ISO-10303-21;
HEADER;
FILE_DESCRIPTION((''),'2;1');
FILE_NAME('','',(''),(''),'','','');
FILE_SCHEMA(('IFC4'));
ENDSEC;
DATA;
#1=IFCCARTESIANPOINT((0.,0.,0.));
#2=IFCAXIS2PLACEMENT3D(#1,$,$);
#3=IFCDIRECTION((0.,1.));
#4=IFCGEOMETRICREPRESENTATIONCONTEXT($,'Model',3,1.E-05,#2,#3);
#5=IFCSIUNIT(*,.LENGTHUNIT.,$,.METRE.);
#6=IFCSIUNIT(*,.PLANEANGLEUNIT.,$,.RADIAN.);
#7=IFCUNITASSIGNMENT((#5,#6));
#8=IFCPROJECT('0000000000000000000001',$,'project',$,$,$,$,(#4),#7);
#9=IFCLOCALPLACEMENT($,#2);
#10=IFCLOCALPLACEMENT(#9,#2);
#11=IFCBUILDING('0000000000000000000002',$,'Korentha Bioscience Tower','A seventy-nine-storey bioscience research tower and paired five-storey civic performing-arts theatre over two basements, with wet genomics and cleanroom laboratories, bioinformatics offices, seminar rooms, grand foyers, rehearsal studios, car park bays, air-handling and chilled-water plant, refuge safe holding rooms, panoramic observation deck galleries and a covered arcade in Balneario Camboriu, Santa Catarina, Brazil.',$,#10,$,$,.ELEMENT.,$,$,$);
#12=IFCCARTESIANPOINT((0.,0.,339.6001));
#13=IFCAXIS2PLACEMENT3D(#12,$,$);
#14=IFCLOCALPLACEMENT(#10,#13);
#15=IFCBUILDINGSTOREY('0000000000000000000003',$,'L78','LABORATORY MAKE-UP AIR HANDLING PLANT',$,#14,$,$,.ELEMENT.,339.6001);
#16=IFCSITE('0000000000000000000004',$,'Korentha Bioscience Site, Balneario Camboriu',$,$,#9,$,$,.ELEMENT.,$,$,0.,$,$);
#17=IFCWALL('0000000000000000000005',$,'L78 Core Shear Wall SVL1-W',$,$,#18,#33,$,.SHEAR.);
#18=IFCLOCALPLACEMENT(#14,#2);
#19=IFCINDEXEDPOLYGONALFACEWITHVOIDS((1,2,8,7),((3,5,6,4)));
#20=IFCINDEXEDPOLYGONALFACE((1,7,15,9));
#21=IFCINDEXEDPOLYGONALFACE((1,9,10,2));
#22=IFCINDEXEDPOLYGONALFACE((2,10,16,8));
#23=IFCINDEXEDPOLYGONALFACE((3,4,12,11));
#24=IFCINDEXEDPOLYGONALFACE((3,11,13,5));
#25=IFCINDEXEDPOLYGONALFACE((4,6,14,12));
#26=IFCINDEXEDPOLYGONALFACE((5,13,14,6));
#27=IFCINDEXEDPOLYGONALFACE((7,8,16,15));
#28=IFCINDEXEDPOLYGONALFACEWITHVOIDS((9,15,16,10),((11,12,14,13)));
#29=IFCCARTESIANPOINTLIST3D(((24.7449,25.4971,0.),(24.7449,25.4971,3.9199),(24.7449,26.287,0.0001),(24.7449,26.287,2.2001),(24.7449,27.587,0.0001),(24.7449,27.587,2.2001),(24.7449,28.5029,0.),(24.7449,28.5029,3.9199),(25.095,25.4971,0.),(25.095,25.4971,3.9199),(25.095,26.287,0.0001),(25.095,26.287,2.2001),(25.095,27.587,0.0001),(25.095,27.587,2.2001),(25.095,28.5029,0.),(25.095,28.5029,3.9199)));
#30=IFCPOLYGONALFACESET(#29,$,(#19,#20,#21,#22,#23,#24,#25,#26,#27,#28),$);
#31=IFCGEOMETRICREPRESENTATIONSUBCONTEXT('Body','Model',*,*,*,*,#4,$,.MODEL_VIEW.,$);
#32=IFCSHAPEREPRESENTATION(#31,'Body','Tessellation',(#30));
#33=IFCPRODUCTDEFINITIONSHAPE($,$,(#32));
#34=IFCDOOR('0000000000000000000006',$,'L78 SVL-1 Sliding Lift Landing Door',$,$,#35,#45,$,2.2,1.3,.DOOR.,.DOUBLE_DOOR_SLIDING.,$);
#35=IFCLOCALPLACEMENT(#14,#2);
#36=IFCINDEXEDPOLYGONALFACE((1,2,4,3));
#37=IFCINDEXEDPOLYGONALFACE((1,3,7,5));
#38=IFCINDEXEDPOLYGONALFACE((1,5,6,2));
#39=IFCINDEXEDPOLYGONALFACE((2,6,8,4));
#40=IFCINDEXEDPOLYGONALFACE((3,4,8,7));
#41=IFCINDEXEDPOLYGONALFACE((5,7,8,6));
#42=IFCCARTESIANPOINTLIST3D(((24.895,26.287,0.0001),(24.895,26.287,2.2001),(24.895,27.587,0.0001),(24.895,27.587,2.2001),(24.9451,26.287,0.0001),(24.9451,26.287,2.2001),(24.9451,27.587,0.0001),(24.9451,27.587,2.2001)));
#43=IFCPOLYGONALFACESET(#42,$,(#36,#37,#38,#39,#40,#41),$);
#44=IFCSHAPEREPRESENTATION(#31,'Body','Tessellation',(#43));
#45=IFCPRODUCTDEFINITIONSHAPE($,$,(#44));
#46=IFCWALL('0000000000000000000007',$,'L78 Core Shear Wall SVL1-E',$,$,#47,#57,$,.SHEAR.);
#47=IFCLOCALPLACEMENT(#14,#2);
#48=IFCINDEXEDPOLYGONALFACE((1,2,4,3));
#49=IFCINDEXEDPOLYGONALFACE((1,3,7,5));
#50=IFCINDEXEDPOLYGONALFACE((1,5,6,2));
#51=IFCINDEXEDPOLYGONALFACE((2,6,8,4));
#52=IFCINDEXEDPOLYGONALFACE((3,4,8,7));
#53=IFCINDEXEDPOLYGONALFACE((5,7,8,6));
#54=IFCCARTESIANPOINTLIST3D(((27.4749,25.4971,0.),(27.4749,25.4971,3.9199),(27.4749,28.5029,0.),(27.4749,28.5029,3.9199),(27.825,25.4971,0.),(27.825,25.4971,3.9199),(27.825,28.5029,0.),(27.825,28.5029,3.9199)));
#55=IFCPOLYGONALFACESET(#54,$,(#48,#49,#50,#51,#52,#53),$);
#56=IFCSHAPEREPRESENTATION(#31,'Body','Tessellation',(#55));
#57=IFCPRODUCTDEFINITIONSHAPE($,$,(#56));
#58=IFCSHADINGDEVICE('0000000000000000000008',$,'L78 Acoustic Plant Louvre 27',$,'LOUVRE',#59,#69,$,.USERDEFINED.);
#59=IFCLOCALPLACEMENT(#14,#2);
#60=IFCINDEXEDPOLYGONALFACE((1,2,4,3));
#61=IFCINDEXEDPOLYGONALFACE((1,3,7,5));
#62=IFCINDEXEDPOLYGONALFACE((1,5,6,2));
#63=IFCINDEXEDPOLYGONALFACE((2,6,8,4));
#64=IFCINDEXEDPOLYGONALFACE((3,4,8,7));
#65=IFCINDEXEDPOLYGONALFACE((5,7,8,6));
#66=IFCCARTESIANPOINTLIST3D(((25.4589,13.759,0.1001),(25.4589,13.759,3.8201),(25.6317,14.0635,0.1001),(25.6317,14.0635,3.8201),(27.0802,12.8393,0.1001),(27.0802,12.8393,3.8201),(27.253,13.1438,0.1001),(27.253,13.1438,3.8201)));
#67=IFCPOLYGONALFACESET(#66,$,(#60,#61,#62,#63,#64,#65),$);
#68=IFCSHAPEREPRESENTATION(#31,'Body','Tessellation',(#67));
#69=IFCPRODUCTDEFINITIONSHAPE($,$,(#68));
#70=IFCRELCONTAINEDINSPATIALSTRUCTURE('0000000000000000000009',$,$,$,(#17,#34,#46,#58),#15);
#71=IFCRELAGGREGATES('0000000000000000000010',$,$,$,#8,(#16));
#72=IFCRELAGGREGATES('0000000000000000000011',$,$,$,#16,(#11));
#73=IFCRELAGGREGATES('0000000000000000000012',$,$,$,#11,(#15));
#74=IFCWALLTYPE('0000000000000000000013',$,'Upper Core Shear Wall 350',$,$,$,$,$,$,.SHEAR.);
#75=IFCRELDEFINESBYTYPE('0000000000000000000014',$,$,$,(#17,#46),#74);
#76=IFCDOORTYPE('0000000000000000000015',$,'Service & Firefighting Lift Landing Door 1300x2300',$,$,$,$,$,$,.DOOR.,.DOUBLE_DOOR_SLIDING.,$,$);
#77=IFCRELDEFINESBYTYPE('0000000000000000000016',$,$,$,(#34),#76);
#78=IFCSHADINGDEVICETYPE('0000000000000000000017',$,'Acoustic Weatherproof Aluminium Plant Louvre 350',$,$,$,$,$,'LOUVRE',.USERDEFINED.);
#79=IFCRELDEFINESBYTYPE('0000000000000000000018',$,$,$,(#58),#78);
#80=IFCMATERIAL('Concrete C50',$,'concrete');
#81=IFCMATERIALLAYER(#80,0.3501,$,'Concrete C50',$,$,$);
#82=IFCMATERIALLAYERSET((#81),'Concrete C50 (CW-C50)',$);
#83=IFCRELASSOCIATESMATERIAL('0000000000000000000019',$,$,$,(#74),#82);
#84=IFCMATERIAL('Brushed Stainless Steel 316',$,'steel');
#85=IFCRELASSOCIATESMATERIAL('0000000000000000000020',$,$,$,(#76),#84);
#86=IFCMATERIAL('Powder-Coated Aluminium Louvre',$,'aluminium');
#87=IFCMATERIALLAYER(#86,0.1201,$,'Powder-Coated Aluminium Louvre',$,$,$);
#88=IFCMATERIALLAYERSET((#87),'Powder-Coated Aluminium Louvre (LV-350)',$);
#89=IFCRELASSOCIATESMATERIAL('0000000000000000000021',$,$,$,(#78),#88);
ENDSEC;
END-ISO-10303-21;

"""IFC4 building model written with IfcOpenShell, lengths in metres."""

from ifc_helpers import new_model, si_unit, direction, frame, frame_2d, origin, origin_2d, place, context, subcontext, project, spatial, rectangle, extrude, material, layer, layer_set, type_object, element, fill, save


model = new_model("IFC4")

# Units and contexts
model_context = context("Model", 3, precision=1e-05, world=origin(), true_north=direction((0.0, 1.0)))
body_context = subcontext(model_context, "Body", "Model", "MODEL_VIEW")
ifc_project = project(units=[si_unit("LENGTHUNIT", "METRE"), si_unit("PLANEANGLEUNIT", "RADIAN")], contexts=[model_context])

# Site, building, storey
site_placement = place(None, origin())
site = spatial("IfcSite", under=ifc_project, at=site_placement, Name="Korentha Bioscience Site, Balneario Camboriu", CompositionType="ELEMENT", RefElevation=0.0)
building_placement = place(site_placement, origin())
building = spatial("IfcBuilding", under=site, at=building_placement, Name="Korentha Bioscience Tower", Description="A seventy-nine-storey bioscience research tower and paired five-storey civic performing-arts theatre over two basements, with wet genomics and cleanroom laboratories, bioinformatics offices, seminar rooms, grand foyers, rehearsal studios, car park bays, air-handling and chilled-water plant, refuge safe holding rooms, panoramic observation deck galleries and a covered arcade in Balneario Camboriu, Santa Catarina, Brazil.", CompositionType="ELEMENT")
storey_placement = place(building_placement, frame((0.0, 0.0, 339.6001)))
storey = spatial("IfcBuildingStorey", under=building, at=storey_placement, Name="L78", Description="LABORATORY MAKE-UP AIR HANDLING PLANT", CompositionType="ELEMENT", Elevation=339.6001)

# Shared definitions
ifc_material_1 = material(Name="Concrete C50", Category="concrete")

# Shared definitions
ifc_layer_1 = layer(ifc_material_1, 0.3501, Name="Concrete C50")
ifc_layer_set_1 = layer_set([ifc_layer_1], Name="Concrete C50 (CW-C50)")
wall_type_1 = type_object("IfcWallType", Name="Upper Core Shear Wall 350", PredefinedType="SHEAR", material=ifc_layer_set_1)

# Shared definitions
ifc_material_2 = material(Name="Brushed Stainless Steel 316", Category="steel")
door_type_1 = type_object("IfcDoorType", Name="Service & Firefighting Lift Landing Door 1300x2300", OperationType="DOUBLE_DOOR_SLIDING", PredefinedType="DOOR", material=ifc_material_2)

# Wall, opening, door
wall_1_placement = place(storey_placement, frame((24.9199, 25.4971, 0.0), z_axis=(0.0, 0.0, 1.0), x_axis=(0.0, 1.0, 0.0)))
wall_1 = element("IfcWall", 1, at=wall_1_placement, inside=storey, type_object=wall_type_1, Name="L78 Core Shear Wall SVL1-W", PredefinedType="SHEAR", context=body_context, shape_type="SweptSolid", body=[
    extrude(rectangle(XDim=3.0059, YDim=0.3501, at=frame_2d((1.5029, 0.0))), origin(), (0.0, 0.0, 1.0), 3.9199),
])
opening_1_placement = place(wall_1_placement, frame((0.79, 0.0, 0.0)))
opening_1 = element("IfcOpeningElement", 2, at=opening_1_placement, cuts=wall_1, PredefinedType="OPENING", context=body_context, shape_type="SweptSolid", body=[
    extrude(rectangle(XDim=1.3, YDim=2.2, at=frame_2d((0.6499, 1.1001))), frame((0.0, 0.1899, 0.0), z_axis=(0.0, -1.0, 0.0), x_axis=(1.0, 0.0, 0.0)), (0.0, 0.0, 1.0), 0.3799),
])
door_1_placement = place(opening_1_placement, origin())
door_1 = element("IfcDoor", 3, at=door_1_placement, inside=storey, type_object=door_type_1, Name="L78 SVL-1 Sliding Lift Landing Door", OperationType="DOUBLE_DOOR_SLIDING", OverallHeight=2.2, OverallWidth=1.3, PredefinedType="DOOR", context=body_context, shape_type="SweptSolid", body=[
    extrude(rectangle(XDim=1.3, YDim=2.2, at=frame_2d((0.6499, 1.1001))), frame((0.0, 0.0249, 0.0), z_axis=(0.0, -1.0, 0.0), x_axis=(1.0, 0.0, 0.0)), (0.0, 0.0, 1.0), 0.05),
])
fill(opening_1, door_1)

# Wall
wall_2_placement = place(storey_placement, frame((27.6499, 25.4971, 0.0), z_axis=(0.0, 0.0, 1.0), x_axis=(0.0, 1.0, 0.0)))
element("IfcWall", 4, at=wall_2_placement, inside=storey, type_object=wall_type_1, Name="L78 Core Shear Wall SVL1-E", PredefinedType="SHEAR", context=body_context, shape_type="SweptSolid", body=[
    extrude(rectangle(XDim=3.0059, YDim=0.3501, at=frame_2d((1.5029, 0.0))), origin(), (0.0, 0.0, 1.0), 3.9199),
])

# Shading device
ifc_material_3 = material(Name="Powder-Coated Aluminium Louvre", Category="aluminium")
ifc_layer_2 = layer(ifc_material_3, 0.1201, Name="Powder-Coated Aluminium Louvre")
ifc_layer_set_2 = layer_set([ifc_layer_2], Name="Powder-Coated Aluminium Louvre (LV-350)")
shading_device_type = type_object("IfcShadingDeviceType", Name="Acoustic Weatherproof Aluminium Plant Louvre 350", ElementType="LOUVRE", PredefinedType="USERDEFINED", material=ifc_layer_set_2)
shading_device_placement = place(storey_placement, frame((26.356, 13.4514, 0.1001), z_axis=(0.0, 0.0, 1.0), x_axis=(0.869802, -0.493401, 0.0)))
element("IfcShadingDevice", 5, at=shading_device_placement, inside=storey, type_object=shading_device_type, Name="L78 Acoustic Plant Louvre 27", ObjectType="LOUVRE", PredefinedType="USERDEFINED", context=body_context, shape_type="SweptSolid", body=[
    extrude(rectangle(XDim=1.864, YDim=0.3501, at=origin_2d()), origin(), (0.0, 0.0, 1.0), 3.72),
])

save(model, "model.ifc")
